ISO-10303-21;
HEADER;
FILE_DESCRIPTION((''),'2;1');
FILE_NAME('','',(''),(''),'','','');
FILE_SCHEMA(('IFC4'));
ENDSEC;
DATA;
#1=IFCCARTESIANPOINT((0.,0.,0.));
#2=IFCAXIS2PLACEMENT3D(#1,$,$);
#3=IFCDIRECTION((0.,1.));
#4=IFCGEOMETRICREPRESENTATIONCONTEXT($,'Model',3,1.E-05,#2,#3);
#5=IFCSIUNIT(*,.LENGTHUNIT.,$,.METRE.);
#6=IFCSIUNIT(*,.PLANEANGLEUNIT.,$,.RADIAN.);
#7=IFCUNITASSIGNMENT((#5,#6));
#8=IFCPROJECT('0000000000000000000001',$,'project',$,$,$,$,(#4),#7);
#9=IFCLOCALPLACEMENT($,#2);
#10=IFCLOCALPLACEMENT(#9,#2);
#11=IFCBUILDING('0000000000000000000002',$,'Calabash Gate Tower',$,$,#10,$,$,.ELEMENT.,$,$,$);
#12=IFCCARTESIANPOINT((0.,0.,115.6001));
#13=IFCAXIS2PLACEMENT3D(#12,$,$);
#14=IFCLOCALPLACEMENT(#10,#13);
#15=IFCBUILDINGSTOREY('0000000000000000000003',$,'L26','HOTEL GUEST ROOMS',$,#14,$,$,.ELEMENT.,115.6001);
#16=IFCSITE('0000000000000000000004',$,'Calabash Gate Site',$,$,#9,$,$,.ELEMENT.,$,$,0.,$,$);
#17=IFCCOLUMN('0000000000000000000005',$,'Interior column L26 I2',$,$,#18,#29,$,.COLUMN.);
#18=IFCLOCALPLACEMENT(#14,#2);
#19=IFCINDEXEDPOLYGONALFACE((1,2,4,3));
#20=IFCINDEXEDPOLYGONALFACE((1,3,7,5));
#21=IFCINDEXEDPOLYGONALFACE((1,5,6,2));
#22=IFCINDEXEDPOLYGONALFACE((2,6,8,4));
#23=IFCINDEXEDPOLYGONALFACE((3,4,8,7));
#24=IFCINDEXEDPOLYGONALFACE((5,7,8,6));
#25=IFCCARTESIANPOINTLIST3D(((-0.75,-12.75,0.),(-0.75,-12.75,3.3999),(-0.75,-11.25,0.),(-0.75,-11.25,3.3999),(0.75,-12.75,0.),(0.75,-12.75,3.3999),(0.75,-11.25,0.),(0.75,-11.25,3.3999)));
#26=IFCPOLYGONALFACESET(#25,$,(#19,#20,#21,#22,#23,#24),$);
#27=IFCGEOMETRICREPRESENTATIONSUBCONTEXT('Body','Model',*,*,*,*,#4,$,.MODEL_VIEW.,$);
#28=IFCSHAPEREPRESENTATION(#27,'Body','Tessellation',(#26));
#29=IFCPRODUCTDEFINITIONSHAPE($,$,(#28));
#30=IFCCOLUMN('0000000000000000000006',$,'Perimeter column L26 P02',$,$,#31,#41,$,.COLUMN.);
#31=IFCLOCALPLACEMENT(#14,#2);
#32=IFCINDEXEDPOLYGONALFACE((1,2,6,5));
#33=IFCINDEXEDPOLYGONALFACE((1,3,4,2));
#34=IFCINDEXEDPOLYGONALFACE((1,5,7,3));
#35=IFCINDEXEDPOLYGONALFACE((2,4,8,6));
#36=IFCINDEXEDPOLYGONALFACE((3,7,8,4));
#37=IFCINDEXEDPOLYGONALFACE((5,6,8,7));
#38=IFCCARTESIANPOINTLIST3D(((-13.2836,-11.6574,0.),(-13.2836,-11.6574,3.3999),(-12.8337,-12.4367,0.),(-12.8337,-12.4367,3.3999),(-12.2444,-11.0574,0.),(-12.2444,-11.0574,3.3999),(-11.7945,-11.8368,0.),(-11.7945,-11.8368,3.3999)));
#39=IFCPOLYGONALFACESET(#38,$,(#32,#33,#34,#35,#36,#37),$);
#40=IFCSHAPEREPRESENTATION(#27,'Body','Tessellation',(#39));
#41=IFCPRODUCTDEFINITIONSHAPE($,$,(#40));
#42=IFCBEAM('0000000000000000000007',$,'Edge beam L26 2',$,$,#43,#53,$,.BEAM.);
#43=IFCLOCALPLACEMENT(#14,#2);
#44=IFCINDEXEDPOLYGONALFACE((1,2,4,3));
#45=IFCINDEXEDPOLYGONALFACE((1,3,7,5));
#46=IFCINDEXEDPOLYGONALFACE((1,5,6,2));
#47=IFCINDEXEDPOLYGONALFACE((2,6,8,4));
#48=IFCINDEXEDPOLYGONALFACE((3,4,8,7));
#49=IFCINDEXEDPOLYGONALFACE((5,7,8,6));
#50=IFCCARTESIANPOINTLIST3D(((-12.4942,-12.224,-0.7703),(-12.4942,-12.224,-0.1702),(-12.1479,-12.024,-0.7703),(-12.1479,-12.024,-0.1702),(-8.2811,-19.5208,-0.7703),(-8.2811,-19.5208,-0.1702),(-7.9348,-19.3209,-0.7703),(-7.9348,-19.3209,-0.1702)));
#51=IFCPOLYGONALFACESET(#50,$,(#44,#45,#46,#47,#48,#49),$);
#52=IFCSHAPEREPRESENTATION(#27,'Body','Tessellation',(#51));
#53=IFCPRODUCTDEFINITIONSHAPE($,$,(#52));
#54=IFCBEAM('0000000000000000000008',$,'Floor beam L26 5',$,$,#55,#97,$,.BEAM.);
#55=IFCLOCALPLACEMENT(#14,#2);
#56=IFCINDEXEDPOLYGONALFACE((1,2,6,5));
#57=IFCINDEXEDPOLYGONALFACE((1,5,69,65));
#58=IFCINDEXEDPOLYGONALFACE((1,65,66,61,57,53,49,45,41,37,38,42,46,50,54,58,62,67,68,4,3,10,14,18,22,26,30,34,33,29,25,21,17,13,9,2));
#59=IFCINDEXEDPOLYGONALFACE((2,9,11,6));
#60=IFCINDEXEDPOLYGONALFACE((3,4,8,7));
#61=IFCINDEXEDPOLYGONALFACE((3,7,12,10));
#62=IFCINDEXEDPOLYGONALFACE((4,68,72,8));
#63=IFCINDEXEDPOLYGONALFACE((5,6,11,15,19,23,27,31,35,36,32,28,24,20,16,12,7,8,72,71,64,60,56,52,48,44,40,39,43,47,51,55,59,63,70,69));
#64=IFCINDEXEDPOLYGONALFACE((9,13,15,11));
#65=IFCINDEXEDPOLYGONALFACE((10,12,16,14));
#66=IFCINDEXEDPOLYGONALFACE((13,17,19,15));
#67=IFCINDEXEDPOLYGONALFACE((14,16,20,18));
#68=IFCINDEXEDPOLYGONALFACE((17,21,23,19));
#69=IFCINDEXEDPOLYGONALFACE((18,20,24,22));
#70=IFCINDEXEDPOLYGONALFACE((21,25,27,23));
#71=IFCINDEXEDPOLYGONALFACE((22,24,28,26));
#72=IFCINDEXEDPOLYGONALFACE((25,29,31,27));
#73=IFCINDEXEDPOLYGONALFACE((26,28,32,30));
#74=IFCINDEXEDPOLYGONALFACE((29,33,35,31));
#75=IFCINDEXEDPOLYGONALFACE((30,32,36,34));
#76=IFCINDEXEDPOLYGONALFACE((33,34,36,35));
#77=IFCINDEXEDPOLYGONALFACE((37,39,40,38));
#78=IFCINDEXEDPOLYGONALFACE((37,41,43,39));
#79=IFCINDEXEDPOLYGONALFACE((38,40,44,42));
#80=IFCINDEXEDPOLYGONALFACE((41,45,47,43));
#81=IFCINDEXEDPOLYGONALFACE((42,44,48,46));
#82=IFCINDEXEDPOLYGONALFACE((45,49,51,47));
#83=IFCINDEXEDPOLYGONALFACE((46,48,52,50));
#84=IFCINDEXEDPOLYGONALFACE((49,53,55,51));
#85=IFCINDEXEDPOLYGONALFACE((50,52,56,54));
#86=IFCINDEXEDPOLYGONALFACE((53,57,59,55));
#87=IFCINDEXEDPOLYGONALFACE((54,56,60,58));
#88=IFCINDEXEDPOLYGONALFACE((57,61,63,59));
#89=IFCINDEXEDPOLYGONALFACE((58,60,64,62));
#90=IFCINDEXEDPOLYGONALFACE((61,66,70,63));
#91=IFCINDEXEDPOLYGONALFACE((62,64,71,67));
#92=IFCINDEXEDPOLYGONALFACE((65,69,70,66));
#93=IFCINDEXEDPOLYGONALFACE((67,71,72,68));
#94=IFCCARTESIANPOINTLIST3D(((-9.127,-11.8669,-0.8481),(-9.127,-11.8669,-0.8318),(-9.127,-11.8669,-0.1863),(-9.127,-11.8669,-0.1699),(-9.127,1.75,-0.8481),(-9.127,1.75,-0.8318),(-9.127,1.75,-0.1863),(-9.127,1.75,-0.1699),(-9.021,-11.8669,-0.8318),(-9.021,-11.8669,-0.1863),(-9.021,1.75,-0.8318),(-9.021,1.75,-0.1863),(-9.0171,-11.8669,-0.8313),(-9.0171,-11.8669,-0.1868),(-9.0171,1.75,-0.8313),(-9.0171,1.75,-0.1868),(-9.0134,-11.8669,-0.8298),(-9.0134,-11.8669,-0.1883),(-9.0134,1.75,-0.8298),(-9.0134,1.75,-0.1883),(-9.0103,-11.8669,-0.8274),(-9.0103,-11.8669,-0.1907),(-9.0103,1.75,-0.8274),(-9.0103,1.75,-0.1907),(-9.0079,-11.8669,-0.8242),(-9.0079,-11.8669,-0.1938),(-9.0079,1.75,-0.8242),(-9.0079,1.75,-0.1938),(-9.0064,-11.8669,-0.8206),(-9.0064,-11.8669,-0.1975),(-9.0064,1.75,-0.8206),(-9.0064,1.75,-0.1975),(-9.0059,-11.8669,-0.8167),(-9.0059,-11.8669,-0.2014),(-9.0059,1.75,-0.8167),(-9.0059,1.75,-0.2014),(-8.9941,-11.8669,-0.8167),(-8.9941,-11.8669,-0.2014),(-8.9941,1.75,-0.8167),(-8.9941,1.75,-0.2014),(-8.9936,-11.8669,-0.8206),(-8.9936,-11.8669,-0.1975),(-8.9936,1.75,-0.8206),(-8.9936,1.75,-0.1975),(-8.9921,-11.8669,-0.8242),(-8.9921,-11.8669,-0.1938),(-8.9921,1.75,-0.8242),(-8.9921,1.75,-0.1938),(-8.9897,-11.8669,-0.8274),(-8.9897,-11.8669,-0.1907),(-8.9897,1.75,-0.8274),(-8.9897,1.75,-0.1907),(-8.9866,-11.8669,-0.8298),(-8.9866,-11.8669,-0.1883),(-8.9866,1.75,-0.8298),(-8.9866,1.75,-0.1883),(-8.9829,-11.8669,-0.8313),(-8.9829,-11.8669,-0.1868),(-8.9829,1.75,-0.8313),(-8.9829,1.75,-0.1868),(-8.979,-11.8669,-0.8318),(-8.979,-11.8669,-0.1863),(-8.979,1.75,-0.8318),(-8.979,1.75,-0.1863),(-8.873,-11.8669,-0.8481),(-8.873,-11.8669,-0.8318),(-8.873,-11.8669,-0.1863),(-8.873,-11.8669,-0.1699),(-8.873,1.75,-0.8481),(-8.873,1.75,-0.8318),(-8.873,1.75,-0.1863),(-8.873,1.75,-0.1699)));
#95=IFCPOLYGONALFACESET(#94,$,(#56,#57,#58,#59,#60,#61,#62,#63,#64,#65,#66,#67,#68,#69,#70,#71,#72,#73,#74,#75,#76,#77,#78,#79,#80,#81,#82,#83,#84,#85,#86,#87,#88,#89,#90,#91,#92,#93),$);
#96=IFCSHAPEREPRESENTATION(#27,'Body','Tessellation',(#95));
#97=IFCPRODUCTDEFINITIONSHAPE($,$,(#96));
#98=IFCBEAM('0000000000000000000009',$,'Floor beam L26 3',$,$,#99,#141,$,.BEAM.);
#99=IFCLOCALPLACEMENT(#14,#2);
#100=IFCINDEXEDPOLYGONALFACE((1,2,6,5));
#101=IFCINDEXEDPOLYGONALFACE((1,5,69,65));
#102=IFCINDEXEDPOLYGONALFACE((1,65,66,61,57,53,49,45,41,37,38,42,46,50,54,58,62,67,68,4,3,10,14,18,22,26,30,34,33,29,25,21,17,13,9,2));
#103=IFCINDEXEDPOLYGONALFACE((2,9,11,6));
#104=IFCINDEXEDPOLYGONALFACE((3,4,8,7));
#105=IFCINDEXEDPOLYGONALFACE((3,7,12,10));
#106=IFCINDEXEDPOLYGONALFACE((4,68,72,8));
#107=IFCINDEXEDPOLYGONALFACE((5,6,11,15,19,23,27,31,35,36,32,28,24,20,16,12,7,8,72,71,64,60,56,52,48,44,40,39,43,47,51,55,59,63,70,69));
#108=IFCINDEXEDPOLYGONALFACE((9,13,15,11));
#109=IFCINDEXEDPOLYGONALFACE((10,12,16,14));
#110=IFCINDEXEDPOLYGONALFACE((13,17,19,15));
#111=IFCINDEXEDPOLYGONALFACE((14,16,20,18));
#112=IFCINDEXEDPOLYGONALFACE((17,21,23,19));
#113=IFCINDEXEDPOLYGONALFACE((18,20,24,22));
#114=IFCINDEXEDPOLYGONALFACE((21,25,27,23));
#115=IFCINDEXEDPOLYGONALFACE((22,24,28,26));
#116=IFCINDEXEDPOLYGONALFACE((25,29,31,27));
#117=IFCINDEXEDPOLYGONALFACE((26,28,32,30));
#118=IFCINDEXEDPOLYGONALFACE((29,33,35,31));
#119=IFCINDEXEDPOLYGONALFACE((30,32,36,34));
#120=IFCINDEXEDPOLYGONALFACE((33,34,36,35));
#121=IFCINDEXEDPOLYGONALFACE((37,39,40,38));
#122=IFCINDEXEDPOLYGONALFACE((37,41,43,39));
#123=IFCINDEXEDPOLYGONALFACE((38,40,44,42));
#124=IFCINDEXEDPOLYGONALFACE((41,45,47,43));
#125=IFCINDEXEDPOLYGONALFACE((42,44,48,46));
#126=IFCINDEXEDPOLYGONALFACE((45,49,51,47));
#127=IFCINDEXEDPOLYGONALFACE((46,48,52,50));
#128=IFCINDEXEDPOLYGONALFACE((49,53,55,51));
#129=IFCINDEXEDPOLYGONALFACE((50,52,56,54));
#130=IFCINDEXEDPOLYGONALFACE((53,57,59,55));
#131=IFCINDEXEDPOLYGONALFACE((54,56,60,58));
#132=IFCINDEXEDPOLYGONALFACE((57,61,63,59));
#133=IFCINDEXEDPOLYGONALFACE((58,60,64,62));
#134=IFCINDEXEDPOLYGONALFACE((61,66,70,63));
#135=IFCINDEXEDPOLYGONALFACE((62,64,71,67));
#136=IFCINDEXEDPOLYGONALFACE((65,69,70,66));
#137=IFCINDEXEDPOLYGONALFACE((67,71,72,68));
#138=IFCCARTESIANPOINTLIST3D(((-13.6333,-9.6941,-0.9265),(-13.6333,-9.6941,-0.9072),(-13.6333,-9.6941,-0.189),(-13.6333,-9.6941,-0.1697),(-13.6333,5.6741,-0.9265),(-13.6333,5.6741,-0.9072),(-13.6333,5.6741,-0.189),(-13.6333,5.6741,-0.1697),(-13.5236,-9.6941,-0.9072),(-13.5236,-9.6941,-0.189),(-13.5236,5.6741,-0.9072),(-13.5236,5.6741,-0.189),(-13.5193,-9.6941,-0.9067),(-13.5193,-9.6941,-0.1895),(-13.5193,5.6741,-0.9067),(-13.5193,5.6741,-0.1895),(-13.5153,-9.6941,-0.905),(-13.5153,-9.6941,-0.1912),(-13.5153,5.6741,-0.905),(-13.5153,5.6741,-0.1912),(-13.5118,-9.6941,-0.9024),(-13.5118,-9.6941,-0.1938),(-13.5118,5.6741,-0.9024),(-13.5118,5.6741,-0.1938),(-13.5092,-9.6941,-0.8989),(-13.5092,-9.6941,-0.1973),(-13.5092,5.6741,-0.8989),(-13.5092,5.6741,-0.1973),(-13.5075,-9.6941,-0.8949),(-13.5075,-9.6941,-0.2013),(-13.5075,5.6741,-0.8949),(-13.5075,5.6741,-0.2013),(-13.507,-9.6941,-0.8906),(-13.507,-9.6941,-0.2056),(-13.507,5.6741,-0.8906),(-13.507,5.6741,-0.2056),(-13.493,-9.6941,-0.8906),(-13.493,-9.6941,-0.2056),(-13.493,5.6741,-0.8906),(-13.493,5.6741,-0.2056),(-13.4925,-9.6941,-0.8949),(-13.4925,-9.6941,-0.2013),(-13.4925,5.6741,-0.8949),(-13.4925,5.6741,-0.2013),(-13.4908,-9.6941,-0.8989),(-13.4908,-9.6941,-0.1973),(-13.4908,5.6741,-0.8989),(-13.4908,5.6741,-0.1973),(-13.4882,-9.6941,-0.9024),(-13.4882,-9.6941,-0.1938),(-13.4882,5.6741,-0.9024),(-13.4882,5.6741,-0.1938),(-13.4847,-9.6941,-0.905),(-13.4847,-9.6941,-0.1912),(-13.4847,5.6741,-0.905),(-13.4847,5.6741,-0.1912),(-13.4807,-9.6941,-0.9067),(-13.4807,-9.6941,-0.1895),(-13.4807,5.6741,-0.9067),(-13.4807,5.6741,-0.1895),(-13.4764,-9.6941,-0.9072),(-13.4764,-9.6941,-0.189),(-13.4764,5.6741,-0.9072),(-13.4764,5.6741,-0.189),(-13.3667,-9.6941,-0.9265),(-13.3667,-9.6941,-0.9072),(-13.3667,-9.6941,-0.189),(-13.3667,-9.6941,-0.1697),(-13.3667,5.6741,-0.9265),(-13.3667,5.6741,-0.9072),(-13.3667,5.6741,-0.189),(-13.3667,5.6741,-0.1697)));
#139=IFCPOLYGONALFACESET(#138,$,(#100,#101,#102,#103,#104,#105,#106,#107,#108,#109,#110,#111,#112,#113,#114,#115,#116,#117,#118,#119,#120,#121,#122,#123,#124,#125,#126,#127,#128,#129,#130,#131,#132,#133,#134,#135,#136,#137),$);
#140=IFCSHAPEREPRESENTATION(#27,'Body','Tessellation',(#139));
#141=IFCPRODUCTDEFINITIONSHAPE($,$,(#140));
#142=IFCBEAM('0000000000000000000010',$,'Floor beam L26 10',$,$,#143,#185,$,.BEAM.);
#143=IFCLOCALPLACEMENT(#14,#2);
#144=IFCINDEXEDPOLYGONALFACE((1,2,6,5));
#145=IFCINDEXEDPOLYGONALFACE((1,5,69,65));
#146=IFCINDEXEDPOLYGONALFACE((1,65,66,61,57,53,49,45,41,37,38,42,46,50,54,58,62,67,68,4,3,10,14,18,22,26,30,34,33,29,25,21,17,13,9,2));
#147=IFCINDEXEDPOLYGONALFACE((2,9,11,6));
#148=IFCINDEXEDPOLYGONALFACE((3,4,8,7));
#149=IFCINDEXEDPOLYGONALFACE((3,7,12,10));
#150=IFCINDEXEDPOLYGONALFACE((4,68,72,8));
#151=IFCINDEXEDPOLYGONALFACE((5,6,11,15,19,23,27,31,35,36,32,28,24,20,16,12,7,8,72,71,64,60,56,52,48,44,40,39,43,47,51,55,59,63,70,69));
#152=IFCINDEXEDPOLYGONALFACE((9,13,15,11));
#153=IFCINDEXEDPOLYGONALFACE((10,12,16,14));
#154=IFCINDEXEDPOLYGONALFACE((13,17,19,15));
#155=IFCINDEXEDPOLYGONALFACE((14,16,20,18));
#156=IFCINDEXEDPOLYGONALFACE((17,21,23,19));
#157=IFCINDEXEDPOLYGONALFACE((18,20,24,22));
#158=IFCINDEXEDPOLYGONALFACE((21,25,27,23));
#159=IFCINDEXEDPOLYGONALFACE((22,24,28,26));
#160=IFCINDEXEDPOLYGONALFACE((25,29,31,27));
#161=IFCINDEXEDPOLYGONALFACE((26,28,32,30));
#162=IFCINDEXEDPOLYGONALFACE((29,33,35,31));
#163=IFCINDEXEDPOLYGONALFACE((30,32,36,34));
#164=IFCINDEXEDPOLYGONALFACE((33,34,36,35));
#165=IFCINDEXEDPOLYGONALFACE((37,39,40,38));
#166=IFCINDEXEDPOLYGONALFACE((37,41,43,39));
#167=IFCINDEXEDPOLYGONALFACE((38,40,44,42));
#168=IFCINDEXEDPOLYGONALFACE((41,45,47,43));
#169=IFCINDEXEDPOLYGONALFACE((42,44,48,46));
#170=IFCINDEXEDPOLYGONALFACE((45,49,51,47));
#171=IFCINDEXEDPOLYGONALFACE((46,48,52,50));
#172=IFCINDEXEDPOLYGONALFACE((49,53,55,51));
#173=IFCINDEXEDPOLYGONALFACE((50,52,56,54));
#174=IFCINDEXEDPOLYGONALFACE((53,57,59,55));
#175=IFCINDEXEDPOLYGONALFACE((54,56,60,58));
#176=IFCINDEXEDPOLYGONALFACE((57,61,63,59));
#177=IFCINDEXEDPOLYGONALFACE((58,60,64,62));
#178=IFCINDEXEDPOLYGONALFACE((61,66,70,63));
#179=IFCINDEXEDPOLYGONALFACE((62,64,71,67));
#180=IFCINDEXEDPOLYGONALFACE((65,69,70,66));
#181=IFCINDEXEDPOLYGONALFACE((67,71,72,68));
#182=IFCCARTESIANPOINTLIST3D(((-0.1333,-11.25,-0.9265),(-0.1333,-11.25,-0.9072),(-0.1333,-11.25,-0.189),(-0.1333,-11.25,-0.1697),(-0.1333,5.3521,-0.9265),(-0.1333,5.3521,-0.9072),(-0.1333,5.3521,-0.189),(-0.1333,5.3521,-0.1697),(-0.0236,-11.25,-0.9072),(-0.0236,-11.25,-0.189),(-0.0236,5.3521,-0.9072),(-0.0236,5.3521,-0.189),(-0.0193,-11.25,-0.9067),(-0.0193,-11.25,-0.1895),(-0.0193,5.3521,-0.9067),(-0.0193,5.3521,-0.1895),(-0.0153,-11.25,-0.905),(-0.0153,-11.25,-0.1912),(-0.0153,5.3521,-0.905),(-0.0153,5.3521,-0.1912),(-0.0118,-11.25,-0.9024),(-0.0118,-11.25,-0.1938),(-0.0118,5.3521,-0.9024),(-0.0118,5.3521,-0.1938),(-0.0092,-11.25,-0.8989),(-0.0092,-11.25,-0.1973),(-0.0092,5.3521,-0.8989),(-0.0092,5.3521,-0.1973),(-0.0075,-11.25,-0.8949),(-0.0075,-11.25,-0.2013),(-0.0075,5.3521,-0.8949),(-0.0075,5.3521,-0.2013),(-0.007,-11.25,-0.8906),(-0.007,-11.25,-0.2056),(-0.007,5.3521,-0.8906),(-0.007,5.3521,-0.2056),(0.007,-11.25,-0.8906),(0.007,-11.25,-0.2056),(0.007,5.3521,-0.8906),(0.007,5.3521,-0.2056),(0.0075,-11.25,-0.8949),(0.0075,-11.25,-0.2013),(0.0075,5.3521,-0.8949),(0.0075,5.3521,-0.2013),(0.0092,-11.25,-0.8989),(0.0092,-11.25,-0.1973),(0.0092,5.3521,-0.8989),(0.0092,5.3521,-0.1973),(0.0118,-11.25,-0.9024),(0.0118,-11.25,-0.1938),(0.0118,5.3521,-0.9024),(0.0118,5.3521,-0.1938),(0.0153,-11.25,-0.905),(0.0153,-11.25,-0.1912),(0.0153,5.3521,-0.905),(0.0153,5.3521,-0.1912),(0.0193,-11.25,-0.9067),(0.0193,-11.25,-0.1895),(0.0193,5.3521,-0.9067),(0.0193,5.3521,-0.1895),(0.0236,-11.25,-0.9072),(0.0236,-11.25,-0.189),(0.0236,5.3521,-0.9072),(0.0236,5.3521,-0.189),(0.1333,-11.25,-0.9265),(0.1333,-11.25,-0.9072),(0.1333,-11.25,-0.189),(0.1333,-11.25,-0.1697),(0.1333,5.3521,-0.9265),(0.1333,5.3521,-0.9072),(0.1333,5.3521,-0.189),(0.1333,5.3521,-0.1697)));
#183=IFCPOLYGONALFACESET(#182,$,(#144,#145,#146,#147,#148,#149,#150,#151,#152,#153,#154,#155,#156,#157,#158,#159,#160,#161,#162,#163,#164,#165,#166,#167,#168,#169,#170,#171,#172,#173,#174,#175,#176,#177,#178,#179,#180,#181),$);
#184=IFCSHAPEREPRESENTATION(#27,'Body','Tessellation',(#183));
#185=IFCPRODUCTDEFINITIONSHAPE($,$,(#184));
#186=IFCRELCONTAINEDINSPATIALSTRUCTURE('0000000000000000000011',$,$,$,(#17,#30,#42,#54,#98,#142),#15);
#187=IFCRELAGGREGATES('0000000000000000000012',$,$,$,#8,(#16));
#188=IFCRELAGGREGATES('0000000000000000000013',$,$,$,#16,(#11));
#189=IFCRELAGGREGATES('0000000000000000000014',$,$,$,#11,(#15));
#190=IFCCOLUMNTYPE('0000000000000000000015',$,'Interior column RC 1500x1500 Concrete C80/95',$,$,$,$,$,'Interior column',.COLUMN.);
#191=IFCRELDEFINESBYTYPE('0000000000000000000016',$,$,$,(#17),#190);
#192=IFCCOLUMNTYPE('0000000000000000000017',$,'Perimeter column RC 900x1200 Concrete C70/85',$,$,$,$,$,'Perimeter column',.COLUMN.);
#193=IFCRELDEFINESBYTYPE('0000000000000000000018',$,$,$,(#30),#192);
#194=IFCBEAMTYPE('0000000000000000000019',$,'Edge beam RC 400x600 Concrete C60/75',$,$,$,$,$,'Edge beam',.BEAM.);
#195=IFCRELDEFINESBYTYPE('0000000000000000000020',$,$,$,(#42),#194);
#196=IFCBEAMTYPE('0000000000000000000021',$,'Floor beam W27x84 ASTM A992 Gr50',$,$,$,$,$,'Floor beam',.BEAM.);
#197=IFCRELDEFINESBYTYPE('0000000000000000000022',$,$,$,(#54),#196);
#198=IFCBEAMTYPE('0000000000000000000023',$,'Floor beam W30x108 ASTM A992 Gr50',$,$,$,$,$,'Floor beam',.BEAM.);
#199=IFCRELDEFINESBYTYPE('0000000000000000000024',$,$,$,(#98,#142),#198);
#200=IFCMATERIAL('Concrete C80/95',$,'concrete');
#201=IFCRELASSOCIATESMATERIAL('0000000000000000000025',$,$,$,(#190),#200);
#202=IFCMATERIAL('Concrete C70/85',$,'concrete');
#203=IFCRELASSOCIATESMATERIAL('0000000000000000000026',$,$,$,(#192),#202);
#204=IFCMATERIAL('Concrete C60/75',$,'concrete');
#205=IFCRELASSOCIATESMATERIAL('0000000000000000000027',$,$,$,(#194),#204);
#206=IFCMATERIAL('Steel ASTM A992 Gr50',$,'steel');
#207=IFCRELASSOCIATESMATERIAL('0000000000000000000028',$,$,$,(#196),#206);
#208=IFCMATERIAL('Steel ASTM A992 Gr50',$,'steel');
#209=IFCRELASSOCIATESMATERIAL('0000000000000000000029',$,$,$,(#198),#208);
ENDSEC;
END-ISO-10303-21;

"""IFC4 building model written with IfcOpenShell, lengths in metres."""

from ifc_helpers import new_model, si_unit, direction, frame, origin, origin_2d, place, context, subcontext, project, spatial, rectangle, i_section, extrude, material, material_profile, profile_set, type_object, element, save


model = new_model("IFC4")

# Units and contexts
model_context = context("Model", 3, precision=1e-05, world=origin(), true_north=direction((0.0, 1.0)))
body_context = subcontext(model_context, "Body", "Model", "MODEL_VIEW")
ifc_project = project(units=[si_unit("LENGTHUNIT", "METRE"), si_unit("PLANEANGLEUNIT", "RADIAN")], contexts=[model_context])

# Site, building, storey
site_placement = place(None, origin())
site = spatial("IfcSite", under=ifc_project, at=site_placement, Name="Calabash Gate Site", CompositionType="ELEMENT", RefElevation=0.0)
building_placement = place(site_placement, origin())
building = spatial("IfcBuilding", under=site, at=building_placement, Name="Calabash Gate Tower", CompositionType="ELEMENT")
storey_placement = place(building_placement, frame((0.0, 0.0, 115.6001)))
storey = spatial("IfcBuildingStorey", under=building, at=storey_placement, Name="L26", Description="HOTEL GUEST ROOMS", CompositionType="ELEMENT", Elevation=115.6001)

# Columns
ifc_material_1 = material(Name="Concrete C80/95", Category="concrete")
ifc_material_profile_1 = material_profile(ifc_material_1, rectangle(XDim=1.5, YDim=1.5, at=origin_2d()))
ifc_profile_set_1 = profile_set([ifc_material_profile_1], Name="Concrete C80/95")
column_type_1 = type_object("IfcColumnType", Name="Interior column RC 1500x1500 Concrete C80/95", ElementType="Interior column", PredefinedType="COLUMN", material=ifc_profile_set_1)
column_1_placement = place(storey_placement, frame((0.0, -12.0, 0.0), z_axis=(0.0, 0.0, 1.0), x_axis=(1.0, 0.0, 0.0)))
element("IfcColumn", 1, at=column_1_placement, inside=storey, type_object=column_type_1, Name="Interior column L26 I2", PredefinedType="COLUMN", context=body_context, shape_type="SweptSolid", body=[
    extrude(rectangle(XDim=1.5, YDim=1.5, at=origin_2d()), origin(), (0.0, 0.0, 1.0), 3.3999),
])
ifc_material_2 = material(Name="Concrete C70/85", Category="concrete")
ifc_material_profile_2 = material_profile(ifc_material_2, rectangle(XDim=0.8999, YDim=1.2, at=origin_2d()))
ifc_profile_set_2 = profile_set([ifc_material_profile_2], Name="Concrete C70/85")
column_type_2 = type_object("IfcColumnType", Name="Perimeter column RC 900x1200 Concrete C70/85", ElementType="Perimeter column", PredefinedType="COLUMN", material=ifc_profile_set_2)
column_2_placement = place(storey_placement, frame((-12.5391, -11.7471, 0.0), z_axis=(0.0, 0.0, 1.0), x_axis=(0.5, -0.866025, 0.0)))
element("IfcColumn", 2, at=column_2_placement, inside=storey, type_object=column_type_2, Name="Perimeter column L26 P02", PredefinedType="COLUMN", context=body_context, shape_type="SweptSolid", body=[
    extrude(rectangle(XDim=0.8999, YDim=1.2, at=origin_2d()), origin(), (0.0, 0.0, 1.0), 3.3999),
])

# Beams
ifc_material_3 = material(Name="Concrete C60/75", Category="concrete")
ifc_material_profile_3 = material_profile(ifc_material_3, rectangle(XDim=0.3999, YDim=0.6001, at=origin_2d()))
ifc_profile_set_3 = profile_set([ifc_material_profile_3], Name="Concrete C60/75")
beam_type_1 = type_object("IfcBeamType", Name="Edge beam RC 400x600 Concrete C60/75", ElementType="Edge beam", PredefinedType="BEAM", material=ifc_profile_set_3)
beam_1_placement = place(storey_placement, frame((-12.321, -12.124, -0.4702), z_axis=(0.500025, -0.866011, 0.0), x_axis=(0.866011, 0.500025, 0.0)))
element("IfcBeam", 3, at=beam_1_placement, inside=storey, type_object=beam_type_1, Name="Edge beam L26 2", PredefinedType="BEAM", context=body_context, shape_type="SweptSolid", body=[
    extrude(rectangle(XDim=0.3999, YDim=0.6001, at=origin_2d()), origin(), (0.0, 0.0, 1.0), 8.4258),
])
ifc_material_4 = material(Name="Steel ASTM A992 Gr50", Category="steel")
ifc_material_profile_4 = material_profile(ifc_material_4, i_section(OverallWidth=0.2539, OverallDepth=0.6782, WebThickness=0.0117, FlangeThickness=0.0164, FilletRadius=0.0151, at=origin_2d()))
ifc_profile_set_4 = profile_set([ifc_material_profile_4], Name="Steel ASTM A992 Gr50")
beam_type_2 = type_object("IfcBeamType", Name="Floor beam W27x84 ASTM A992 Gr50", ElementType="Floor beam", PredefinedType="BEAM", material=ifc_profile_set_4)
beam_2_placement = place(storey_placement, frame((-9.0, -11.8669, -0.509), z_axis=(0.0, 1.0, 0.0), x_axis=(-1.0, 0.0, 0.0)))
element("IfcBeam", 4, at=beam_2_placement, inside=storey, type_object=beam_type_2, Name="Floor beam L26 5", PredefinedType="BEAM", context=body_context, shape_type="SweptSolid", body=[
    extrude(i_section(OverallWidth=0.2539, OverallDepth=0.6782, WebThickness=0.0117, FlangeThickness=0.0164, FilletRadius=0.0151, at=origin_2d()), origin(), (0.0, 0.0, 1.0), 13.6169),
])
ifc_material_5 = material(Name="Steel ASTM A992 Gr50", Category="steel")
ifc_material_profile_5 = material_profile(ifc_material_5, i_section(OverallWidth=0.2666, OverallDepth=0.7568, WebThickness=0.0139, FlangeThickness=0.0193, FilletRadius=0.0166, at=origin_2d()))
ifc_profile_set_5 = profile_set([ifc_material_profile_5], Name="Steel ASTM A992 Gr50")
beam_type_3 = type_object("IfcBeamType", Name="Floor beam W30x108 ASTM A992 Gr50", ElementType="Floor beam", PredefinedType="BEAM", material=ifc_profile_set_5)
beam_3_placement = place(storey_placement, frame((-13.5, -9.6941, -0.5481), z_axis=(0.0, 1.0, 0.0), x_axis=(-1.0, 0.0, 0.0)))
element("IfcBeam", 5, at=beam_3_placement, inside=storey, type_object=beam_type_3, Name="Floor beam L26 3", PredefinedType="BEAM", context=body_context, shape_type="SweptSolid", body=[
    extrude(i_section(OverallWidth=0.2666, OverallDepth=0.7568, WebThickness=0.0139, FlangeThickness=0.0193, FilletRadius=0.0166, at=origin_2d()), origin(), (0.0, 0.0, 1.0), 15.3682),
])
beam_4_placement = place(storey_placement, frame((0.0, -11.25, -0.5481), z_axis=(0.0, 1.0, 0.0), x_axis=(-1.0, 0.0, 0.0)))
element("IfcBeam", 6, at=beam_4_placement, inside=storey, type_object=beam_type_3, Name="Floor beam L26 10", PredefinedType="BEAM", context=body_context, shape_type="SweptSolid", body=[
    extrude(i_section(OverallWidth=0.2666, OverallDepth=0.7568, WebThickness=0.0139, FlangeThickness=0.0193, FilletRadius=0.0166, at=origin_2d()), origin(), (0.0, 0.0, 1.0), 16.6021),
])

save(model, "model.ifc")
